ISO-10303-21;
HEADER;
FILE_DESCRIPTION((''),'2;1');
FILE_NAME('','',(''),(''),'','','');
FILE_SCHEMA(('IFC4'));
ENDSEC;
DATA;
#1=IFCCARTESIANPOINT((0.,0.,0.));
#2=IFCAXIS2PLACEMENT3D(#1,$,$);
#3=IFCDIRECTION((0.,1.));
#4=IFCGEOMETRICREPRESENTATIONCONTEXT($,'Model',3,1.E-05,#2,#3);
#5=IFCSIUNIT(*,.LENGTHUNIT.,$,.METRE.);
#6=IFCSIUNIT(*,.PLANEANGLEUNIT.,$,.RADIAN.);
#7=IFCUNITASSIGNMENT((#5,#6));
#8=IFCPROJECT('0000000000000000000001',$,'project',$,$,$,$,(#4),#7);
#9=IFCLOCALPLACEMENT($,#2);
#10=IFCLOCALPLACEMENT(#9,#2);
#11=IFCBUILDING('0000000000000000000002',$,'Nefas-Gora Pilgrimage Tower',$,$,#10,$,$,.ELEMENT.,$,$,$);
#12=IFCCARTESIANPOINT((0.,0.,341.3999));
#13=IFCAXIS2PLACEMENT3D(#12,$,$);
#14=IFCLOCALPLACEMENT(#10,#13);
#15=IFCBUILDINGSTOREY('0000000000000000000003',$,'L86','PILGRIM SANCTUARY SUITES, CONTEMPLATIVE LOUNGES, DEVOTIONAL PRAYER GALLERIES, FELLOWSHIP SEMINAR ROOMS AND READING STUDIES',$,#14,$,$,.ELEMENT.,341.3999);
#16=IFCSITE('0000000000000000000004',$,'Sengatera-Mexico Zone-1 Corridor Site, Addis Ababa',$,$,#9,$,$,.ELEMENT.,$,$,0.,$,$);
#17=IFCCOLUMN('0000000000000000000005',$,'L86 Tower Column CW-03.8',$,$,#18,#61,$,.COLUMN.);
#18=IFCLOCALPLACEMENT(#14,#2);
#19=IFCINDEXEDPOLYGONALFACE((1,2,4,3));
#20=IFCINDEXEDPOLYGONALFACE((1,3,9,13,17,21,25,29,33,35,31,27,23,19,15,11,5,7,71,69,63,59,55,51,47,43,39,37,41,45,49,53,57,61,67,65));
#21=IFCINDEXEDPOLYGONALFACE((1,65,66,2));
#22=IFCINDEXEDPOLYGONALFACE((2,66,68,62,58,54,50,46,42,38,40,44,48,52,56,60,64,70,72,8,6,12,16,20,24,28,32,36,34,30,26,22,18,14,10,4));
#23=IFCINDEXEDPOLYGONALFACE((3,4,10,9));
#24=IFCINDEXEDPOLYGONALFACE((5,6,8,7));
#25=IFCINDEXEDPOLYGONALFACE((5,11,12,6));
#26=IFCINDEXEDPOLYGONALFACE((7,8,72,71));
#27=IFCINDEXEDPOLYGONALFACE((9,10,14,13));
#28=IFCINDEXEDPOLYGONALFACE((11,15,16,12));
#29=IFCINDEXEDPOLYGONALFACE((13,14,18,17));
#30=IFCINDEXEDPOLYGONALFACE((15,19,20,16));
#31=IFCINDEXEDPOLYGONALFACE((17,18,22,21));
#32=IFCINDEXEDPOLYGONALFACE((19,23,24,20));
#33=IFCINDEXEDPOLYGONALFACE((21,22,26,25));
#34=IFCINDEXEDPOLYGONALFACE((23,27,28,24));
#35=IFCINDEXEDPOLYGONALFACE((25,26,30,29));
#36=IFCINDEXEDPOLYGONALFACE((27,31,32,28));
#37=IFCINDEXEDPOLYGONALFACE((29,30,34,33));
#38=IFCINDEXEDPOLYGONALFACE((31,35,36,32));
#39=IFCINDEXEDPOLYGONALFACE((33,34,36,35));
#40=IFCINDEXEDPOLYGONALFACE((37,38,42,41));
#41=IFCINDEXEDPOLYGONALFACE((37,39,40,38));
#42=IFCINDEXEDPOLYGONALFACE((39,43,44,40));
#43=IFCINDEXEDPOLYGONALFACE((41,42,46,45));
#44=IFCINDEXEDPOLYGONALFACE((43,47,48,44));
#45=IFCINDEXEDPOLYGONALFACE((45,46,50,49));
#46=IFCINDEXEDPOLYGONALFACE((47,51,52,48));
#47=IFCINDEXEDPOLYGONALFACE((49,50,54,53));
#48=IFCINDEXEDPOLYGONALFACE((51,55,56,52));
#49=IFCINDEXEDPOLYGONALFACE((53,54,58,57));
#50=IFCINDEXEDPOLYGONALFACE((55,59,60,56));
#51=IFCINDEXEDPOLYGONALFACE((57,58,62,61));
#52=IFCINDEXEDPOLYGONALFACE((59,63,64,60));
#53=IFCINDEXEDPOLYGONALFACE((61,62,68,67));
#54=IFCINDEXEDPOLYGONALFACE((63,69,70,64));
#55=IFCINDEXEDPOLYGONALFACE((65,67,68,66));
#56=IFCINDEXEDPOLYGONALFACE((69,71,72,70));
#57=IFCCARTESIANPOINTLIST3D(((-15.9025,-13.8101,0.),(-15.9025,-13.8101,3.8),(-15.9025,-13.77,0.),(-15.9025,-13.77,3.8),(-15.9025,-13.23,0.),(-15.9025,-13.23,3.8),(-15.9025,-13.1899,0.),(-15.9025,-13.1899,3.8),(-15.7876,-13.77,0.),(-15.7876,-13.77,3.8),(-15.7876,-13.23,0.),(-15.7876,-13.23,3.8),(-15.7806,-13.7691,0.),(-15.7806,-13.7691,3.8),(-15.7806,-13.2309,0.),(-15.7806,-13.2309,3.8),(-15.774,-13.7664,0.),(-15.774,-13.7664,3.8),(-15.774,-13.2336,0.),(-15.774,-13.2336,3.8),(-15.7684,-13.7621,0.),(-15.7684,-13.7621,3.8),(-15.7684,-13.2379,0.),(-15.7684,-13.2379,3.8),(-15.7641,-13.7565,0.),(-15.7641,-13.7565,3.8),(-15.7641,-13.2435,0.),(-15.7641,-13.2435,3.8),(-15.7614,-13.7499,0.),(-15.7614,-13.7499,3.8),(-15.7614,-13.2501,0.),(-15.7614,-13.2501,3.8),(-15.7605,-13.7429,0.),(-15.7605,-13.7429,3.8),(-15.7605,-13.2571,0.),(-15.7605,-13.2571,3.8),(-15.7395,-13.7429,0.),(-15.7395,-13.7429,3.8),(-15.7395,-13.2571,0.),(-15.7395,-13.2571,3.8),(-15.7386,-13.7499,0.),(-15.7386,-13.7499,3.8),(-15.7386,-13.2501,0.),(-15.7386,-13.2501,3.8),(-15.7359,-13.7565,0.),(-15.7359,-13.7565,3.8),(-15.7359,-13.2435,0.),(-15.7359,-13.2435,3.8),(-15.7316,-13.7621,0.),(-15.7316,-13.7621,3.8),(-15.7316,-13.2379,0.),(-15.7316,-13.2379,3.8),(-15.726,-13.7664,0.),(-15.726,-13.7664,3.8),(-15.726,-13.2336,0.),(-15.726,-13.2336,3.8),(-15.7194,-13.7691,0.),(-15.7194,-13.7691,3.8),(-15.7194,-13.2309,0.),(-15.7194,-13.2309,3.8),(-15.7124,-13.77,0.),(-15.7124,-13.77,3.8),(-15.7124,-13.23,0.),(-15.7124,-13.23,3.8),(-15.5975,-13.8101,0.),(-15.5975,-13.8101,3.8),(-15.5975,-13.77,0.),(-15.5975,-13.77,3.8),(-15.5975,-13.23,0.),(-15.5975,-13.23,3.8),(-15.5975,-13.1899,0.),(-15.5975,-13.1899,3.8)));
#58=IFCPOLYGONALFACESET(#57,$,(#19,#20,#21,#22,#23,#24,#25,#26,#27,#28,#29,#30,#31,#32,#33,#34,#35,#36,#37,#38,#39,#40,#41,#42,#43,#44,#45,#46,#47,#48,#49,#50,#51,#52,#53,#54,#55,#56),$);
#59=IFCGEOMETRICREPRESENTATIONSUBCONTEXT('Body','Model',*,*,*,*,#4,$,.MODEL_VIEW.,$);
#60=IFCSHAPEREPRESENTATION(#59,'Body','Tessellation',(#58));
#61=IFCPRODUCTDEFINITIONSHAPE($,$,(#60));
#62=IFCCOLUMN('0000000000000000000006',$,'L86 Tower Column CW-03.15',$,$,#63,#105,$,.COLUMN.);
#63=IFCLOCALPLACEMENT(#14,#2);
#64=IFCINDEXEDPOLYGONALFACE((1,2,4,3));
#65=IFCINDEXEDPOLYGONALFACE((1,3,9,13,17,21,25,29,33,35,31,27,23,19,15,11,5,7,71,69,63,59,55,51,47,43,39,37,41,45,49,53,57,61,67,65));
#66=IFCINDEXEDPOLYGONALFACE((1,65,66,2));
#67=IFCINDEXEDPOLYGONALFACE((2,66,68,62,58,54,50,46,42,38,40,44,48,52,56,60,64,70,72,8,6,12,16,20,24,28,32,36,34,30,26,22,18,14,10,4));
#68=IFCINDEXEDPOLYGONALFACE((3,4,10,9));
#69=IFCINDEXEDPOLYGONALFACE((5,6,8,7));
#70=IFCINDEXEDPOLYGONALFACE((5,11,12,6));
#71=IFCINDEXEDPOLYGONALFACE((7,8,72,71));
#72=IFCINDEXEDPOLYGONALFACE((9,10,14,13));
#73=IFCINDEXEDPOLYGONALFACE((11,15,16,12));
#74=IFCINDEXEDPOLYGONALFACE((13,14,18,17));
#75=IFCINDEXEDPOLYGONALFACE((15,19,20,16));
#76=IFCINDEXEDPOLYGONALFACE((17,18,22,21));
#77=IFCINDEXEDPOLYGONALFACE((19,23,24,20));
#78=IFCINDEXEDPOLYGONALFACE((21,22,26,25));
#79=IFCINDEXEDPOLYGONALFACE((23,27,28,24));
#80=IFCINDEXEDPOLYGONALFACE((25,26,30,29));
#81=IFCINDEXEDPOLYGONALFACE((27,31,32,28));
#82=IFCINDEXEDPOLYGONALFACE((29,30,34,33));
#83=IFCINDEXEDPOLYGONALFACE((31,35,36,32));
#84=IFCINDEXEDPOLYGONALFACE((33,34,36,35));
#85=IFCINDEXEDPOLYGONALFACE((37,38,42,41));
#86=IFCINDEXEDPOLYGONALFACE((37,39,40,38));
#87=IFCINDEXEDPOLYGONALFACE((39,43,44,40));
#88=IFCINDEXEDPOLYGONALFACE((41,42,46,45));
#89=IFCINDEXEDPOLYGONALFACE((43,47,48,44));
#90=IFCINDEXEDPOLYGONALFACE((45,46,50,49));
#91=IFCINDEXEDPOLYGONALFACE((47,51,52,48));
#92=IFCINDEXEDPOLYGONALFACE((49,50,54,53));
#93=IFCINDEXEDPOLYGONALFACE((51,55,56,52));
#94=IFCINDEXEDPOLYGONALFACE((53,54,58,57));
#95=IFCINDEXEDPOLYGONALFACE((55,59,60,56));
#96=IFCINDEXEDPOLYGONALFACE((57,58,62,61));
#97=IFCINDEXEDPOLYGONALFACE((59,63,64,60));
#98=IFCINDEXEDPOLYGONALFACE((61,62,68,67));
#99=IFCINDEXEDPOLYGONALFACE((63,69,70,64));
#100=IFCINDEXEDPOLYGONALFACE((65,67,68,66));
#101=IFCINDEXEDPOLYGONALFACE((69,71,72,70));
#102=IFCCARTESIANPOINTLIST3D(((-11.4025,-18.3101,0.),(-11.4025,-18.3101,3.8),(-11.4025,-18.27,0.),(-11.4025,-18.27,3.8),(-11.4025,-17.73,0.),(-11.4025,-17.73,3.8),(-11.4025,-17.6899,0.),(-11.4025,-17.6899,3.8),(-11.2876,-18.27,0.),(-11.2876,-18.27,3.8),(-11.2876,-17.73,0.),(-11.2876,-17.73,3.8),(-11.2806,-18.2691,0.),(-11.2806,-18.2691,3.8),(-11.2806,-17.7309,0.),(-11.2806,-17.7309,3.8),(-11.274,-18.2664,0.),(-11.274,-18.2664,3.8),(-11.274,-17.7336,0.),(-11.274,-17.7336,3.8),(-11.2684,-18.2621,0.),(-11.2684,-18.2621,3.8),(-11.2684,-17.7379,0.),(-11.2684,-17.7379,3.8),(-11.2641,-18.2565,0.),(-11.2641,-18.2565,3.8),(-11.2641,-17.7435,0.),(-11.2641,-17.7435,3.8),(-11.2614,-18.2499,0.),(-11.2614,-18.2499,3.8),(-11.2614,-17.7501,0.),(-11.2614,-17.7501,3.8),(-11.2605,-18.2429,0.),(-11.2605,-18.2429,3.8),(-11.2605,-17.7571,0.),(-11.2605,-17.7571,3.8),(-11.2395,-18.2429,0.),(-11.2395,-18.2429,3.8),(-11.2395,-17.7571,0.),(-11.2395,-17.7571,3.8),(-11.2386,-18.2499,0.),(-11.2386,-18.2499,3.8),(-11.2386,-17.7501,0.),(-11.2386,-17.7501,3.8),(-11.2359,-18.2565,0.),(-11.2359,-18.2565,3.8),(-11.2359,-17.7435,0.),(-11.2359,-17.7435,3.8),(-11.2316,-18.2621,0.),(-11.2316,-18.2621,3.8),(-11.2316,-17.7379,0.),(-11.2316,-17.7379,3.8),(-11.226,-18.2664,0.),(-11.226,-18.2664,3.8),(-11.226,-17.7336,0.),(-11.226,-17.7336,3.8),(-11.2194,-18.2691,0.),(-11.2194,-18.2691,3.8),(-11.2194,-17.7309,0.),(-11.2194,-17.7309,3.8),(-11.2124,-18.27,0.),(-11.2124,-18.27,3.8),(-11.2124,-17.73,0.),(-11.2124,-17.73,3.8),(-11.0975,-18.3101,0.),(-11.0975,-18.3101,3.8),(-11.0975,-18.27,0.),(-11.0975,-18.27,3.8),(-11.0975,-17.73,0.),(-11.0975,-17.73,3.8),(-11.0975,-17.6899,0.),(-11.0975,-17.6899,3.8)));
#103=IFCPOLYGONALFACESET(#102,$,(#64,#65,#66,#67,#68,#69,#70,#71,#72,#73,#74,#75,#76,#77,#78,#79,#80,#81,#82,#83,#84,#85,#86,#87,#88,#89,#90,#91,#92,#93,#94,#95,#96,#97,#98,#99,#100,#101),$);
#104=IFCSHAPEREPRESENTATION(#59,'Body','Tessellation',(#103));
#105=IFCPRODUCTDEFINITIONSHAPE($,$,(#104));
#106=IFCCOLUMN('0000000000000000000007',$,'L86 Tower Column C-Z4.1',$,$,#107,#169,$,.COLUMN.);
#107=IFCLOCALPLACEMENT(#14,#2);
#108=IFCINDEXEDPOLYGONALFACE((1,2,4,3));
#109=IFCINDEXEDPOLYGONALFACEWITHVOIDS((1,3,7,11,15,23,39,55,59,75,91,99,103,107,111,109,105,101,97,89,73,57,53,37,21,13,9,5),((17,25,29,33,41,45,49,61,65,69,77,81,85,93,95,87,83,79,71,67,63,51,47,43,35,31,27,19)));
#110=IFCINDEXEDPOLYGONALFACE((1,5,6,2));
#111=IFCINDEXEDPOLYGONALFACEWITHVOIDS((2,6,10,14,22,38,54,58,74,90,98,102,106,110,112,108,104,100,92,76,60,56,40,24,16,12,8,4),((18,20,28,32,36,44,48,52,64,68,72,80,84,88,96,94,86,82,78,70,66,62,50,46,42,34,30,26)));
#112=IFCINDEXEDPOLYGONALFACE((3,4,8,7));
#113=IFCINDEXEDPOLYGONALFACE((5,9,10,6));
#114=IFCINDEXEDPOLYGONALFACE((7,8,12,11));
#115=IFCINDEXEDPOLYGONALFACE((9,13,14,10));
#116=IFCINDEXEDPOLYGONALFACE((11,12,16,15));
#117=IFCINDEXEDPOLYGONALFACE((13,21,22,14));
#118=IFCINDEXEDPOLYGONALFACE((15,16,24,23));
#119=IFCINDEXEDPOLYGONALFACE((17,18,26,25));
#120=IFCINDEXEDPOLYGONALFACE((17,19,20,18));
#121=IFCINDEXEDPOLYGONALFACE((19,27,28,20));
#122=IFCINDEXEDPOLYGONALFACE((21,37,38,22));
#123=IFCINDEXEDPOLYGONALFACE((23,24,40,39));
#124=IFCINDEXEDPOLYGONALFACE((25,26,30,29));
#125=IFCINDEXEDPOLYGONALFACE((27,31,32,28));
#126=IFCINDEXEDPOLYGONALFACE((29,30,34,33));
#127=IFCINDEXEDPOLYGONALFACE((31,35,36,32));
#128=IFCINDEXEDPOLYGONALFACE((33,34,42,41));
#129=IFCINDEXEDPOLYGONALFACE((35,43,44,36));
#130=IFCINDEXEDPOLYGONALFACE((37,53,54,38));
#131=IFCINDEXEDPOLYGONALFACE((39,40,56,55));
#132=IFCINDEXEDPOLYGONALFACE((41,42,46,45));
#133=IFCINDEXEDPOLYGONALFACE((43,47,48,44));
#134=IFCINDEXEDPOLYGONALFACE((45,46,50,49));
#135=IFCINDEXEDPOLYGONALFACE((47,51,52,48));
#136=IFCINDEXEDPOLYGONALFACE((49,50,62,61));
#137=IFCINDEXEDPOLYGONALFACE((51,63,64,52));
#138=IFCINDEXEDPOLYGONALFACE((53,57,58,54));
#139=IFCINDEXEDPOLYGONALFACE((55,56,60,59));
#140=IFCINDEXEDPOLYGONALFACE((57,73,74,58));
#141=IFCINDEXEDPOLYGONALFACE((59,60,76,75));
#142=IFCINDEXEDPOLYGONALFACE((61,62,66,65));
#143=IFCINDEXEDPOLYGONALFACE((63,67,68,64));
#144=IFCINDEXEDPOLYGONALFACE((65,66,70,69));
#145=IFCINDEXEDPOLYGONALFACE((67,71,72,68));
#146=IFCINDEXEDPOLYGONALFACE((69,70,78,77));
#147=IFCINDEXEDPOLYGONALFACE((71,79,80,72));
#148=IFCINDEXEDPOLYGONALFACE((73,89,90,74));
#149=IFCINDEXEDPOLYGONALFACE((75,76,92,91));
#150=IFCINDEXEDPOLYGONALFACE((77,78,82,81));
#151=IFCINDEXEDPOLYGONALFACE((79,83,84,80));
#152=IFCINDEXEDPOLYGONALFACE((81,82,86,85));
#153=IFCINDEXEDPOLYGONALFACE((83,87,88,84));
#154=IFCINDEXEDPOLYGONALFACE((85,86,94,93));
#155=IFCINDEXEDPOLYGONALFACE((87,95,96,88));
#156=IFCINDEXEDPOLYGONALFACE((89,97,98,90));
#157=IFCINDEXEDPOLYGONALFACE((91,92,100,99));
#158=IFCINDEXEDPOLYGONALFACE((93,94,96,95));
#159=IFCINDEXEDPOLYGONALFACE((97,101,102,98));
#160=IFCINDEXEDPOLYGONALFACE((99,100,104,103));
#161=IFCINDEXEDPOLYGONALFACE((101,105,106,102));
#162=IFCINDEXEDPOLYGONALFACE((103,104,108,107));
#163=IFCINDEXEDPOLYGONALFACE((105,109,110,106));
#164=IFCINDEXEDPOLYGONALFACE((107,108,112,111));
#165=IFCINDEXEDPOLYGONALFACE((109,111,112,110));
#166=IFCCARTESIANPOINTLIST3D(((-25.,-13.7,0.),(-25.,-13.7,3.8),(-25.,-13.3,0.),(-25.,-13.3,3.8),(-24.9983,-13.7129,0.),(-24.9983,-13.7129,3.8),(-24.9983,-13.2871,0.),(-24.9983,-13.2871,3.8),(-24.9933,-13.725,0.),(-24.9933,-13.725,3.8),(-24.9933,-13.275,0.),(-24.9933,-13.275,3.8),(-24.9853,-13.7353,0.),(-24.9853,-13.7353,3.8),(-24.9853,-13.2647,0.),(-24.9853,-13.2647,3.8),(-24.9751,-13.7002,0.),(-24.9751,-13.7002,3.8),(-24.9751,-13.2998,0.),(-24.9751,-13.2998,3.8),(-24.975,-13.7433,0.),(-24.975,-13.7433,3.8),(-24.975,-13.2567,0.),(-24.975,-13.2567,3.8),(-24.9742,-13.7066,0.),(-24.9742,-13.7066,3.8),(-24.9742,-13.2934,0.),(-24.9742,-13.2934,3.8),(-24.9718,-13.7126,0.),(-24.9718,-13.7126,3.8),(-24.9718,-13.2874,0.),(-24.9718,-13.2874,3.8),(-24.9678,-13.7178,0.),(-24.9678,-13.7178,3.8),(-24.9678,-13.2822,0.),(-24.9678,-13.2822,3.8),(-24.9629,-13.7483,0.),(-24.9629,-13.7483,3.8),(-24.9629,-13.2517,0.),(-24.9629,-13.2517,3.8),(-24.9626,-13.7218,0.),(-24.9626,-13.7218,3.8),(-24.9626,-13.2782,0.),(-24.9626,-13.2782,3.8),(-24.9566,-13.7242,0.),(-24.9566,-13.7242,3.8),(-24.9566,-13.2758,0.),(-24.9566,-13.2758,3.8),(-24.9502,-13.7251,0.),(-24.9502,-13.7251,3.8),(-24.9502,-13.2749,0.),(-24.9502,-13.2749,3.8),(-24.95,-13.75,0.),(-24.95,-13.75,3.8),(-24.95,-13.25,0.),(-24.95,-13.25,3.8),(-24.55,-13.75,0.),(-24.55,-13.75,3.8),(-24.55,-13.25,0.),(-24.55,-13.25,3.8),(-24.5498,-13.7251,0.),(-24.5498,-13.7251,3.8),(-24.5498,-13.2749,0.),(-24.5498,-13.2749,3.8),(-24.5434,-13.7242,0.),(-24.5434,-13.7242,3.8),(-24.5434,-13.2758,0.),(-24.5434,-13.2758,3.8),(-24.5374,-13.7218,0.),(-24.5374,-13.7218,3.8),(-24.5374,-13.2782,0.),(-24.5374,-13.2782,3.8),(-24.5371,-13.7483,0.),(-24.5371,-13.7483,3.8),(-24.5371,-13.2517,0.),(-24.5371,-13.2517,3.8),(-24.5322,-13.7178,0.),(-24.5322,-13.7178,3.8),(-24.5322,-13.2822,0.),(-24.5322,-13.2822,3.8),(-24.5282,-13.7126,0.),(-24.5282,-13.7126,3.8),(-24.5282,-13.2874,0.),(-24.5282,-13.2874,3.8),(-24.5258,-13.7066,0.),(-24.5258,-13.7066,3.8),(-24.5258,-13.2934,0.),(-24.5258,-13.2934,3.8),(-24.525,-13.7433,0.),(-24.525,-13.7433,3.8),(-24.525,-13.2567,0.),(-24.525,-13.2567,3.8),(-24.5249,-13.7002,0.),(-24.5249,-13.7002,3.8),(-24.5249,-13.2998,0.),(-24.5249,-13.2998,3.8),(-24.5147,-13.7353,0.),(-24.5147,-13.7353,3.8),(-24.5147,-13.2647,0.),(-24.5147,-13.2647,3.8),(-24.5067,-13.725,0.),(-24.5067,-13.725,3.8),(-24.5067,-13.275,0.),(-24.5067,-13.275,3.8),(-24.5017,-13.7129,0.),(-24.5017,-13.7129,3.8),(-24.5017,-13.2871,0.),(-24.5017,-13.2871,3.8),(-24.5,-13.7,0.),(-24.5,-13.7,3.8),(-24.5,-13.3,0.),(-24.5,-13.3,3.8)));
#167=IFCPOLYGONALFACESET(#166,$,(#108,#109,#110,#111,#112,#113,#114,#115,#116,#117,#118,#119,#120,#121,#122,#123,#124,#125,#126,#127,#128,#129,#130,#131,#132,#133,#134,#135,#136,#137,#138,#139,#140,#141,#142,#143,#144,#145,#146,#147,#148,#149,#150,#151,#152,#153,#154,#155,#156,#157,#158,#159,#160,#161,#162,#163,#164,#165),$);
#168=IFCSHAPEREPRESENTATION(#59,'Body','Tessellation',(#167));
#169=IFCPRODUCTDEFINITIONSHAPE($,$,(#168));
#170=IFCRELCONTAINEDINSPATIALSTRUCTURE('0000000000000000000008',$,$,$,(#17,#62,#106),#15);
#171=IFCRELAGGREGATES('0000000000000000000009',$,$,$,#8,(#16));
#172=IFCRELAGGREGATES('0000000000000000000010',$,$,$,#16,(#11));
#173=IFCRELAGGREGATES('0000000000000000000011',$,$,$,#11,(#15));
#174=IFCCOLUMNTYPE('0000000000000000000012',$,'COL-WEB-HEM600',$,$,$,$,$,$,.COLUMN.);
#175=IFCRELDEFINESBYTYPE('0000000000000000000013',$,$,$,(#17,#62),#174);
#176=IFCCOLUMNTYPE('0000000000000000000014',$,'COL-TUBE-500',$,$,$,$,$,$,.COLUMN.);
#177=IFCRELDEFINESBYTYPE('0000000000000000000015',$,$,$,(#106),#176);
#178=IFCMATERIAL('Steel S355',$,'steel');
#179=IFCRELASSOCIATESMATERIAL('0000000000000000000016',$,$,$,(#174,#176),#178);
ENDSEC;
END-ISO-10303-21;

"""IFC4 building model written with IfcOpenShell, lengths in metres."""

from ifc_helpers import new_model, si_unit, direction, frame, origin, origin_2d, place, context, subcontext, project, spatial, hollow_rectangle, i_section, extrude, source, transform, mapped, material, material_profile, profile_set, type_object, element, save


model = new_model("IFC4")

# Units and contexts
model_context = context("Model", 3, precision=1e-05, world=origin(), true_north=direction((0.0, 1.0)))
body_context = subcontext(model_context, "Body", "Model", "MODEL_VIEW")
ifc_project = project(units=[si_unit("LENGTHUNIT", "METRE"), si_unit("PLANEANGLEUNIT", "RADIAN")], contexts=[model_context])

# Site, building, storey
site_placement = place(None, origin())
site = spatial("IfcSite", under=ifc_project, at=site_placement, Name="Sengatera-Mexico Zone-1 Corridor Site, Addis Ababa", CompositionType="ELEMENT", RefElevation=0.0)
building_placement = place(site_placement, origin())
building = spatial("IfcBuilding", under=site, at=building_placement, Name="Nefas-Gora Pilgrimage Tower", CompositionType="ELEMENT")
storey_placement = place(building_placement, frame((0.0, 0.0, 341.3999)))
storey = spatial("IfcBuildingStorey", under=building, at=storey_placement, Name="L86", Description="PILGRIM SANCTUARY SUITES, CONTEMPLATIVE LOUNGES, DEVOTIONAL PRAYER GALLERIES, FELLOWSHIP SEMINAR ROOMS AND READING STUDIES", CompositionType="ELEMENT", Elevation=341.3999)

# Columns
ifc_material_1 = material(Name="Steel S355", Category="steel")
ifc_material_profile_1 = material_profile(ifc_material_1, i_section(OverallWidth=0.3049, OverallDepth=0.6201, WebThickness=0.021, FlangeThickness=0.04, FilletRadius=0.0271, at=origin_2d()), Name="HEM 600")
ifc_profile_set_1 = profile_set([ifc_material_profile_1], Name="Steel S355")
column_type_1 = type_object("IfcColumnType", Name="COL-WEB-HEM600", PredefinedType="COLUMN", material=ifc_profile_set_1)
shared_shape_1 = source(origin(), body_context, "Body", "SweptSolid", [
    extrude(i_section(OverallWidth=0.3049, OverallDepth=0.6201, WebThickness=0.021, FlangeThickness=0.04, FilletRadius=0.0271, at=origin_2d()), origin(), (0.0, 0.0, 1.0), 3.8),
])
for number, where, z_axis, x_axis, name in (
    (1, (-15.75, -13.5, 0.0), (0.0, 0.0, 1.0), (1.0, 0.0, 0.0), "L86 Tower Column CW-03.8"),
    (2, (-11.25, -18.0, 0.0), (0.0, 0.0, 1.0), (1.0, 0.0, 0.0), "L86 Tower Column CW-03.15"),
):
    element("IfcColumn", number, at=place(storey_placement, frame(where, z_axis=z_axis, x_axis=x_axis)), inside=storey, type_object=column_type_1, Name=name, PredefinedType="COLUMN", context=body_context, shape_type="MappedRepresentation", body=[
        mapped(shared_shape_1, transform((0.0, 0.0, 0.0), x_axis=(1.0, 0.0, 0.0), y_axis=(0.0, 1.0, 0.0), z_axis=(0.0, 0.0, 1.0), scale=1.0)),
    ])
ifc_material_profile_2 = material_profile(ifc_material_1, hollow_rectangle(XDim=0.5, YDim=0.5, WallThickness=0.0249, InnerFilletRadius=0.0249, OuterFilletRadius=0.05, at=origin_2d()), Name="SHS 500x500x25")
ifc_profile_set_2 = profile_set([ifc_material_profile_2], Name="Steel S355")
column_type_2 = type_object("IfcColumnType", Name="COL-TUBE-500", PredefinedType="COLUMN", material=ifc_profile_set_2)
shared_shape_2 = source(origin(), body_context, "Body", "SweptSolid", [
    extrude(hollow_rectangle(XDim=0.5, YDim=0.5, WallThickness=0.0249, InnerFilletRadius=0.0249, OuterFilletRadius=0.05, at=origin_2d()), origin(), (0.0, 0.0, 1.0), 3.8),
])
for number, where, z_axis, x_axis, name in (
    (3, (-24.75, -13.5, 0.0), (0.0, 0.0, 1.0), (1.0, 0.0, 0.0), "L86 Tower Column C-Z4.1"),
):
    element("IfcColumn", number, at=place(storey_placement, frame(where, z_axis=z_axis, x_axis=x_axis)), inside=storey, type_object=column_type_2, Name=name, PredefinedType="COLUMN", context=body_context, shape_type="MappedRepresentation", body=[
        mapped(shared_shape_2, transform((0.0, 0.0, 0.0), x_axis=(1.0, 0.0, 0.0), y_axis=(0.0, 1.0, 0.0), z_axis=(0.0, 0.0, 1.0), scale=1.0)),
    ])

save(model, "model.ifc")
